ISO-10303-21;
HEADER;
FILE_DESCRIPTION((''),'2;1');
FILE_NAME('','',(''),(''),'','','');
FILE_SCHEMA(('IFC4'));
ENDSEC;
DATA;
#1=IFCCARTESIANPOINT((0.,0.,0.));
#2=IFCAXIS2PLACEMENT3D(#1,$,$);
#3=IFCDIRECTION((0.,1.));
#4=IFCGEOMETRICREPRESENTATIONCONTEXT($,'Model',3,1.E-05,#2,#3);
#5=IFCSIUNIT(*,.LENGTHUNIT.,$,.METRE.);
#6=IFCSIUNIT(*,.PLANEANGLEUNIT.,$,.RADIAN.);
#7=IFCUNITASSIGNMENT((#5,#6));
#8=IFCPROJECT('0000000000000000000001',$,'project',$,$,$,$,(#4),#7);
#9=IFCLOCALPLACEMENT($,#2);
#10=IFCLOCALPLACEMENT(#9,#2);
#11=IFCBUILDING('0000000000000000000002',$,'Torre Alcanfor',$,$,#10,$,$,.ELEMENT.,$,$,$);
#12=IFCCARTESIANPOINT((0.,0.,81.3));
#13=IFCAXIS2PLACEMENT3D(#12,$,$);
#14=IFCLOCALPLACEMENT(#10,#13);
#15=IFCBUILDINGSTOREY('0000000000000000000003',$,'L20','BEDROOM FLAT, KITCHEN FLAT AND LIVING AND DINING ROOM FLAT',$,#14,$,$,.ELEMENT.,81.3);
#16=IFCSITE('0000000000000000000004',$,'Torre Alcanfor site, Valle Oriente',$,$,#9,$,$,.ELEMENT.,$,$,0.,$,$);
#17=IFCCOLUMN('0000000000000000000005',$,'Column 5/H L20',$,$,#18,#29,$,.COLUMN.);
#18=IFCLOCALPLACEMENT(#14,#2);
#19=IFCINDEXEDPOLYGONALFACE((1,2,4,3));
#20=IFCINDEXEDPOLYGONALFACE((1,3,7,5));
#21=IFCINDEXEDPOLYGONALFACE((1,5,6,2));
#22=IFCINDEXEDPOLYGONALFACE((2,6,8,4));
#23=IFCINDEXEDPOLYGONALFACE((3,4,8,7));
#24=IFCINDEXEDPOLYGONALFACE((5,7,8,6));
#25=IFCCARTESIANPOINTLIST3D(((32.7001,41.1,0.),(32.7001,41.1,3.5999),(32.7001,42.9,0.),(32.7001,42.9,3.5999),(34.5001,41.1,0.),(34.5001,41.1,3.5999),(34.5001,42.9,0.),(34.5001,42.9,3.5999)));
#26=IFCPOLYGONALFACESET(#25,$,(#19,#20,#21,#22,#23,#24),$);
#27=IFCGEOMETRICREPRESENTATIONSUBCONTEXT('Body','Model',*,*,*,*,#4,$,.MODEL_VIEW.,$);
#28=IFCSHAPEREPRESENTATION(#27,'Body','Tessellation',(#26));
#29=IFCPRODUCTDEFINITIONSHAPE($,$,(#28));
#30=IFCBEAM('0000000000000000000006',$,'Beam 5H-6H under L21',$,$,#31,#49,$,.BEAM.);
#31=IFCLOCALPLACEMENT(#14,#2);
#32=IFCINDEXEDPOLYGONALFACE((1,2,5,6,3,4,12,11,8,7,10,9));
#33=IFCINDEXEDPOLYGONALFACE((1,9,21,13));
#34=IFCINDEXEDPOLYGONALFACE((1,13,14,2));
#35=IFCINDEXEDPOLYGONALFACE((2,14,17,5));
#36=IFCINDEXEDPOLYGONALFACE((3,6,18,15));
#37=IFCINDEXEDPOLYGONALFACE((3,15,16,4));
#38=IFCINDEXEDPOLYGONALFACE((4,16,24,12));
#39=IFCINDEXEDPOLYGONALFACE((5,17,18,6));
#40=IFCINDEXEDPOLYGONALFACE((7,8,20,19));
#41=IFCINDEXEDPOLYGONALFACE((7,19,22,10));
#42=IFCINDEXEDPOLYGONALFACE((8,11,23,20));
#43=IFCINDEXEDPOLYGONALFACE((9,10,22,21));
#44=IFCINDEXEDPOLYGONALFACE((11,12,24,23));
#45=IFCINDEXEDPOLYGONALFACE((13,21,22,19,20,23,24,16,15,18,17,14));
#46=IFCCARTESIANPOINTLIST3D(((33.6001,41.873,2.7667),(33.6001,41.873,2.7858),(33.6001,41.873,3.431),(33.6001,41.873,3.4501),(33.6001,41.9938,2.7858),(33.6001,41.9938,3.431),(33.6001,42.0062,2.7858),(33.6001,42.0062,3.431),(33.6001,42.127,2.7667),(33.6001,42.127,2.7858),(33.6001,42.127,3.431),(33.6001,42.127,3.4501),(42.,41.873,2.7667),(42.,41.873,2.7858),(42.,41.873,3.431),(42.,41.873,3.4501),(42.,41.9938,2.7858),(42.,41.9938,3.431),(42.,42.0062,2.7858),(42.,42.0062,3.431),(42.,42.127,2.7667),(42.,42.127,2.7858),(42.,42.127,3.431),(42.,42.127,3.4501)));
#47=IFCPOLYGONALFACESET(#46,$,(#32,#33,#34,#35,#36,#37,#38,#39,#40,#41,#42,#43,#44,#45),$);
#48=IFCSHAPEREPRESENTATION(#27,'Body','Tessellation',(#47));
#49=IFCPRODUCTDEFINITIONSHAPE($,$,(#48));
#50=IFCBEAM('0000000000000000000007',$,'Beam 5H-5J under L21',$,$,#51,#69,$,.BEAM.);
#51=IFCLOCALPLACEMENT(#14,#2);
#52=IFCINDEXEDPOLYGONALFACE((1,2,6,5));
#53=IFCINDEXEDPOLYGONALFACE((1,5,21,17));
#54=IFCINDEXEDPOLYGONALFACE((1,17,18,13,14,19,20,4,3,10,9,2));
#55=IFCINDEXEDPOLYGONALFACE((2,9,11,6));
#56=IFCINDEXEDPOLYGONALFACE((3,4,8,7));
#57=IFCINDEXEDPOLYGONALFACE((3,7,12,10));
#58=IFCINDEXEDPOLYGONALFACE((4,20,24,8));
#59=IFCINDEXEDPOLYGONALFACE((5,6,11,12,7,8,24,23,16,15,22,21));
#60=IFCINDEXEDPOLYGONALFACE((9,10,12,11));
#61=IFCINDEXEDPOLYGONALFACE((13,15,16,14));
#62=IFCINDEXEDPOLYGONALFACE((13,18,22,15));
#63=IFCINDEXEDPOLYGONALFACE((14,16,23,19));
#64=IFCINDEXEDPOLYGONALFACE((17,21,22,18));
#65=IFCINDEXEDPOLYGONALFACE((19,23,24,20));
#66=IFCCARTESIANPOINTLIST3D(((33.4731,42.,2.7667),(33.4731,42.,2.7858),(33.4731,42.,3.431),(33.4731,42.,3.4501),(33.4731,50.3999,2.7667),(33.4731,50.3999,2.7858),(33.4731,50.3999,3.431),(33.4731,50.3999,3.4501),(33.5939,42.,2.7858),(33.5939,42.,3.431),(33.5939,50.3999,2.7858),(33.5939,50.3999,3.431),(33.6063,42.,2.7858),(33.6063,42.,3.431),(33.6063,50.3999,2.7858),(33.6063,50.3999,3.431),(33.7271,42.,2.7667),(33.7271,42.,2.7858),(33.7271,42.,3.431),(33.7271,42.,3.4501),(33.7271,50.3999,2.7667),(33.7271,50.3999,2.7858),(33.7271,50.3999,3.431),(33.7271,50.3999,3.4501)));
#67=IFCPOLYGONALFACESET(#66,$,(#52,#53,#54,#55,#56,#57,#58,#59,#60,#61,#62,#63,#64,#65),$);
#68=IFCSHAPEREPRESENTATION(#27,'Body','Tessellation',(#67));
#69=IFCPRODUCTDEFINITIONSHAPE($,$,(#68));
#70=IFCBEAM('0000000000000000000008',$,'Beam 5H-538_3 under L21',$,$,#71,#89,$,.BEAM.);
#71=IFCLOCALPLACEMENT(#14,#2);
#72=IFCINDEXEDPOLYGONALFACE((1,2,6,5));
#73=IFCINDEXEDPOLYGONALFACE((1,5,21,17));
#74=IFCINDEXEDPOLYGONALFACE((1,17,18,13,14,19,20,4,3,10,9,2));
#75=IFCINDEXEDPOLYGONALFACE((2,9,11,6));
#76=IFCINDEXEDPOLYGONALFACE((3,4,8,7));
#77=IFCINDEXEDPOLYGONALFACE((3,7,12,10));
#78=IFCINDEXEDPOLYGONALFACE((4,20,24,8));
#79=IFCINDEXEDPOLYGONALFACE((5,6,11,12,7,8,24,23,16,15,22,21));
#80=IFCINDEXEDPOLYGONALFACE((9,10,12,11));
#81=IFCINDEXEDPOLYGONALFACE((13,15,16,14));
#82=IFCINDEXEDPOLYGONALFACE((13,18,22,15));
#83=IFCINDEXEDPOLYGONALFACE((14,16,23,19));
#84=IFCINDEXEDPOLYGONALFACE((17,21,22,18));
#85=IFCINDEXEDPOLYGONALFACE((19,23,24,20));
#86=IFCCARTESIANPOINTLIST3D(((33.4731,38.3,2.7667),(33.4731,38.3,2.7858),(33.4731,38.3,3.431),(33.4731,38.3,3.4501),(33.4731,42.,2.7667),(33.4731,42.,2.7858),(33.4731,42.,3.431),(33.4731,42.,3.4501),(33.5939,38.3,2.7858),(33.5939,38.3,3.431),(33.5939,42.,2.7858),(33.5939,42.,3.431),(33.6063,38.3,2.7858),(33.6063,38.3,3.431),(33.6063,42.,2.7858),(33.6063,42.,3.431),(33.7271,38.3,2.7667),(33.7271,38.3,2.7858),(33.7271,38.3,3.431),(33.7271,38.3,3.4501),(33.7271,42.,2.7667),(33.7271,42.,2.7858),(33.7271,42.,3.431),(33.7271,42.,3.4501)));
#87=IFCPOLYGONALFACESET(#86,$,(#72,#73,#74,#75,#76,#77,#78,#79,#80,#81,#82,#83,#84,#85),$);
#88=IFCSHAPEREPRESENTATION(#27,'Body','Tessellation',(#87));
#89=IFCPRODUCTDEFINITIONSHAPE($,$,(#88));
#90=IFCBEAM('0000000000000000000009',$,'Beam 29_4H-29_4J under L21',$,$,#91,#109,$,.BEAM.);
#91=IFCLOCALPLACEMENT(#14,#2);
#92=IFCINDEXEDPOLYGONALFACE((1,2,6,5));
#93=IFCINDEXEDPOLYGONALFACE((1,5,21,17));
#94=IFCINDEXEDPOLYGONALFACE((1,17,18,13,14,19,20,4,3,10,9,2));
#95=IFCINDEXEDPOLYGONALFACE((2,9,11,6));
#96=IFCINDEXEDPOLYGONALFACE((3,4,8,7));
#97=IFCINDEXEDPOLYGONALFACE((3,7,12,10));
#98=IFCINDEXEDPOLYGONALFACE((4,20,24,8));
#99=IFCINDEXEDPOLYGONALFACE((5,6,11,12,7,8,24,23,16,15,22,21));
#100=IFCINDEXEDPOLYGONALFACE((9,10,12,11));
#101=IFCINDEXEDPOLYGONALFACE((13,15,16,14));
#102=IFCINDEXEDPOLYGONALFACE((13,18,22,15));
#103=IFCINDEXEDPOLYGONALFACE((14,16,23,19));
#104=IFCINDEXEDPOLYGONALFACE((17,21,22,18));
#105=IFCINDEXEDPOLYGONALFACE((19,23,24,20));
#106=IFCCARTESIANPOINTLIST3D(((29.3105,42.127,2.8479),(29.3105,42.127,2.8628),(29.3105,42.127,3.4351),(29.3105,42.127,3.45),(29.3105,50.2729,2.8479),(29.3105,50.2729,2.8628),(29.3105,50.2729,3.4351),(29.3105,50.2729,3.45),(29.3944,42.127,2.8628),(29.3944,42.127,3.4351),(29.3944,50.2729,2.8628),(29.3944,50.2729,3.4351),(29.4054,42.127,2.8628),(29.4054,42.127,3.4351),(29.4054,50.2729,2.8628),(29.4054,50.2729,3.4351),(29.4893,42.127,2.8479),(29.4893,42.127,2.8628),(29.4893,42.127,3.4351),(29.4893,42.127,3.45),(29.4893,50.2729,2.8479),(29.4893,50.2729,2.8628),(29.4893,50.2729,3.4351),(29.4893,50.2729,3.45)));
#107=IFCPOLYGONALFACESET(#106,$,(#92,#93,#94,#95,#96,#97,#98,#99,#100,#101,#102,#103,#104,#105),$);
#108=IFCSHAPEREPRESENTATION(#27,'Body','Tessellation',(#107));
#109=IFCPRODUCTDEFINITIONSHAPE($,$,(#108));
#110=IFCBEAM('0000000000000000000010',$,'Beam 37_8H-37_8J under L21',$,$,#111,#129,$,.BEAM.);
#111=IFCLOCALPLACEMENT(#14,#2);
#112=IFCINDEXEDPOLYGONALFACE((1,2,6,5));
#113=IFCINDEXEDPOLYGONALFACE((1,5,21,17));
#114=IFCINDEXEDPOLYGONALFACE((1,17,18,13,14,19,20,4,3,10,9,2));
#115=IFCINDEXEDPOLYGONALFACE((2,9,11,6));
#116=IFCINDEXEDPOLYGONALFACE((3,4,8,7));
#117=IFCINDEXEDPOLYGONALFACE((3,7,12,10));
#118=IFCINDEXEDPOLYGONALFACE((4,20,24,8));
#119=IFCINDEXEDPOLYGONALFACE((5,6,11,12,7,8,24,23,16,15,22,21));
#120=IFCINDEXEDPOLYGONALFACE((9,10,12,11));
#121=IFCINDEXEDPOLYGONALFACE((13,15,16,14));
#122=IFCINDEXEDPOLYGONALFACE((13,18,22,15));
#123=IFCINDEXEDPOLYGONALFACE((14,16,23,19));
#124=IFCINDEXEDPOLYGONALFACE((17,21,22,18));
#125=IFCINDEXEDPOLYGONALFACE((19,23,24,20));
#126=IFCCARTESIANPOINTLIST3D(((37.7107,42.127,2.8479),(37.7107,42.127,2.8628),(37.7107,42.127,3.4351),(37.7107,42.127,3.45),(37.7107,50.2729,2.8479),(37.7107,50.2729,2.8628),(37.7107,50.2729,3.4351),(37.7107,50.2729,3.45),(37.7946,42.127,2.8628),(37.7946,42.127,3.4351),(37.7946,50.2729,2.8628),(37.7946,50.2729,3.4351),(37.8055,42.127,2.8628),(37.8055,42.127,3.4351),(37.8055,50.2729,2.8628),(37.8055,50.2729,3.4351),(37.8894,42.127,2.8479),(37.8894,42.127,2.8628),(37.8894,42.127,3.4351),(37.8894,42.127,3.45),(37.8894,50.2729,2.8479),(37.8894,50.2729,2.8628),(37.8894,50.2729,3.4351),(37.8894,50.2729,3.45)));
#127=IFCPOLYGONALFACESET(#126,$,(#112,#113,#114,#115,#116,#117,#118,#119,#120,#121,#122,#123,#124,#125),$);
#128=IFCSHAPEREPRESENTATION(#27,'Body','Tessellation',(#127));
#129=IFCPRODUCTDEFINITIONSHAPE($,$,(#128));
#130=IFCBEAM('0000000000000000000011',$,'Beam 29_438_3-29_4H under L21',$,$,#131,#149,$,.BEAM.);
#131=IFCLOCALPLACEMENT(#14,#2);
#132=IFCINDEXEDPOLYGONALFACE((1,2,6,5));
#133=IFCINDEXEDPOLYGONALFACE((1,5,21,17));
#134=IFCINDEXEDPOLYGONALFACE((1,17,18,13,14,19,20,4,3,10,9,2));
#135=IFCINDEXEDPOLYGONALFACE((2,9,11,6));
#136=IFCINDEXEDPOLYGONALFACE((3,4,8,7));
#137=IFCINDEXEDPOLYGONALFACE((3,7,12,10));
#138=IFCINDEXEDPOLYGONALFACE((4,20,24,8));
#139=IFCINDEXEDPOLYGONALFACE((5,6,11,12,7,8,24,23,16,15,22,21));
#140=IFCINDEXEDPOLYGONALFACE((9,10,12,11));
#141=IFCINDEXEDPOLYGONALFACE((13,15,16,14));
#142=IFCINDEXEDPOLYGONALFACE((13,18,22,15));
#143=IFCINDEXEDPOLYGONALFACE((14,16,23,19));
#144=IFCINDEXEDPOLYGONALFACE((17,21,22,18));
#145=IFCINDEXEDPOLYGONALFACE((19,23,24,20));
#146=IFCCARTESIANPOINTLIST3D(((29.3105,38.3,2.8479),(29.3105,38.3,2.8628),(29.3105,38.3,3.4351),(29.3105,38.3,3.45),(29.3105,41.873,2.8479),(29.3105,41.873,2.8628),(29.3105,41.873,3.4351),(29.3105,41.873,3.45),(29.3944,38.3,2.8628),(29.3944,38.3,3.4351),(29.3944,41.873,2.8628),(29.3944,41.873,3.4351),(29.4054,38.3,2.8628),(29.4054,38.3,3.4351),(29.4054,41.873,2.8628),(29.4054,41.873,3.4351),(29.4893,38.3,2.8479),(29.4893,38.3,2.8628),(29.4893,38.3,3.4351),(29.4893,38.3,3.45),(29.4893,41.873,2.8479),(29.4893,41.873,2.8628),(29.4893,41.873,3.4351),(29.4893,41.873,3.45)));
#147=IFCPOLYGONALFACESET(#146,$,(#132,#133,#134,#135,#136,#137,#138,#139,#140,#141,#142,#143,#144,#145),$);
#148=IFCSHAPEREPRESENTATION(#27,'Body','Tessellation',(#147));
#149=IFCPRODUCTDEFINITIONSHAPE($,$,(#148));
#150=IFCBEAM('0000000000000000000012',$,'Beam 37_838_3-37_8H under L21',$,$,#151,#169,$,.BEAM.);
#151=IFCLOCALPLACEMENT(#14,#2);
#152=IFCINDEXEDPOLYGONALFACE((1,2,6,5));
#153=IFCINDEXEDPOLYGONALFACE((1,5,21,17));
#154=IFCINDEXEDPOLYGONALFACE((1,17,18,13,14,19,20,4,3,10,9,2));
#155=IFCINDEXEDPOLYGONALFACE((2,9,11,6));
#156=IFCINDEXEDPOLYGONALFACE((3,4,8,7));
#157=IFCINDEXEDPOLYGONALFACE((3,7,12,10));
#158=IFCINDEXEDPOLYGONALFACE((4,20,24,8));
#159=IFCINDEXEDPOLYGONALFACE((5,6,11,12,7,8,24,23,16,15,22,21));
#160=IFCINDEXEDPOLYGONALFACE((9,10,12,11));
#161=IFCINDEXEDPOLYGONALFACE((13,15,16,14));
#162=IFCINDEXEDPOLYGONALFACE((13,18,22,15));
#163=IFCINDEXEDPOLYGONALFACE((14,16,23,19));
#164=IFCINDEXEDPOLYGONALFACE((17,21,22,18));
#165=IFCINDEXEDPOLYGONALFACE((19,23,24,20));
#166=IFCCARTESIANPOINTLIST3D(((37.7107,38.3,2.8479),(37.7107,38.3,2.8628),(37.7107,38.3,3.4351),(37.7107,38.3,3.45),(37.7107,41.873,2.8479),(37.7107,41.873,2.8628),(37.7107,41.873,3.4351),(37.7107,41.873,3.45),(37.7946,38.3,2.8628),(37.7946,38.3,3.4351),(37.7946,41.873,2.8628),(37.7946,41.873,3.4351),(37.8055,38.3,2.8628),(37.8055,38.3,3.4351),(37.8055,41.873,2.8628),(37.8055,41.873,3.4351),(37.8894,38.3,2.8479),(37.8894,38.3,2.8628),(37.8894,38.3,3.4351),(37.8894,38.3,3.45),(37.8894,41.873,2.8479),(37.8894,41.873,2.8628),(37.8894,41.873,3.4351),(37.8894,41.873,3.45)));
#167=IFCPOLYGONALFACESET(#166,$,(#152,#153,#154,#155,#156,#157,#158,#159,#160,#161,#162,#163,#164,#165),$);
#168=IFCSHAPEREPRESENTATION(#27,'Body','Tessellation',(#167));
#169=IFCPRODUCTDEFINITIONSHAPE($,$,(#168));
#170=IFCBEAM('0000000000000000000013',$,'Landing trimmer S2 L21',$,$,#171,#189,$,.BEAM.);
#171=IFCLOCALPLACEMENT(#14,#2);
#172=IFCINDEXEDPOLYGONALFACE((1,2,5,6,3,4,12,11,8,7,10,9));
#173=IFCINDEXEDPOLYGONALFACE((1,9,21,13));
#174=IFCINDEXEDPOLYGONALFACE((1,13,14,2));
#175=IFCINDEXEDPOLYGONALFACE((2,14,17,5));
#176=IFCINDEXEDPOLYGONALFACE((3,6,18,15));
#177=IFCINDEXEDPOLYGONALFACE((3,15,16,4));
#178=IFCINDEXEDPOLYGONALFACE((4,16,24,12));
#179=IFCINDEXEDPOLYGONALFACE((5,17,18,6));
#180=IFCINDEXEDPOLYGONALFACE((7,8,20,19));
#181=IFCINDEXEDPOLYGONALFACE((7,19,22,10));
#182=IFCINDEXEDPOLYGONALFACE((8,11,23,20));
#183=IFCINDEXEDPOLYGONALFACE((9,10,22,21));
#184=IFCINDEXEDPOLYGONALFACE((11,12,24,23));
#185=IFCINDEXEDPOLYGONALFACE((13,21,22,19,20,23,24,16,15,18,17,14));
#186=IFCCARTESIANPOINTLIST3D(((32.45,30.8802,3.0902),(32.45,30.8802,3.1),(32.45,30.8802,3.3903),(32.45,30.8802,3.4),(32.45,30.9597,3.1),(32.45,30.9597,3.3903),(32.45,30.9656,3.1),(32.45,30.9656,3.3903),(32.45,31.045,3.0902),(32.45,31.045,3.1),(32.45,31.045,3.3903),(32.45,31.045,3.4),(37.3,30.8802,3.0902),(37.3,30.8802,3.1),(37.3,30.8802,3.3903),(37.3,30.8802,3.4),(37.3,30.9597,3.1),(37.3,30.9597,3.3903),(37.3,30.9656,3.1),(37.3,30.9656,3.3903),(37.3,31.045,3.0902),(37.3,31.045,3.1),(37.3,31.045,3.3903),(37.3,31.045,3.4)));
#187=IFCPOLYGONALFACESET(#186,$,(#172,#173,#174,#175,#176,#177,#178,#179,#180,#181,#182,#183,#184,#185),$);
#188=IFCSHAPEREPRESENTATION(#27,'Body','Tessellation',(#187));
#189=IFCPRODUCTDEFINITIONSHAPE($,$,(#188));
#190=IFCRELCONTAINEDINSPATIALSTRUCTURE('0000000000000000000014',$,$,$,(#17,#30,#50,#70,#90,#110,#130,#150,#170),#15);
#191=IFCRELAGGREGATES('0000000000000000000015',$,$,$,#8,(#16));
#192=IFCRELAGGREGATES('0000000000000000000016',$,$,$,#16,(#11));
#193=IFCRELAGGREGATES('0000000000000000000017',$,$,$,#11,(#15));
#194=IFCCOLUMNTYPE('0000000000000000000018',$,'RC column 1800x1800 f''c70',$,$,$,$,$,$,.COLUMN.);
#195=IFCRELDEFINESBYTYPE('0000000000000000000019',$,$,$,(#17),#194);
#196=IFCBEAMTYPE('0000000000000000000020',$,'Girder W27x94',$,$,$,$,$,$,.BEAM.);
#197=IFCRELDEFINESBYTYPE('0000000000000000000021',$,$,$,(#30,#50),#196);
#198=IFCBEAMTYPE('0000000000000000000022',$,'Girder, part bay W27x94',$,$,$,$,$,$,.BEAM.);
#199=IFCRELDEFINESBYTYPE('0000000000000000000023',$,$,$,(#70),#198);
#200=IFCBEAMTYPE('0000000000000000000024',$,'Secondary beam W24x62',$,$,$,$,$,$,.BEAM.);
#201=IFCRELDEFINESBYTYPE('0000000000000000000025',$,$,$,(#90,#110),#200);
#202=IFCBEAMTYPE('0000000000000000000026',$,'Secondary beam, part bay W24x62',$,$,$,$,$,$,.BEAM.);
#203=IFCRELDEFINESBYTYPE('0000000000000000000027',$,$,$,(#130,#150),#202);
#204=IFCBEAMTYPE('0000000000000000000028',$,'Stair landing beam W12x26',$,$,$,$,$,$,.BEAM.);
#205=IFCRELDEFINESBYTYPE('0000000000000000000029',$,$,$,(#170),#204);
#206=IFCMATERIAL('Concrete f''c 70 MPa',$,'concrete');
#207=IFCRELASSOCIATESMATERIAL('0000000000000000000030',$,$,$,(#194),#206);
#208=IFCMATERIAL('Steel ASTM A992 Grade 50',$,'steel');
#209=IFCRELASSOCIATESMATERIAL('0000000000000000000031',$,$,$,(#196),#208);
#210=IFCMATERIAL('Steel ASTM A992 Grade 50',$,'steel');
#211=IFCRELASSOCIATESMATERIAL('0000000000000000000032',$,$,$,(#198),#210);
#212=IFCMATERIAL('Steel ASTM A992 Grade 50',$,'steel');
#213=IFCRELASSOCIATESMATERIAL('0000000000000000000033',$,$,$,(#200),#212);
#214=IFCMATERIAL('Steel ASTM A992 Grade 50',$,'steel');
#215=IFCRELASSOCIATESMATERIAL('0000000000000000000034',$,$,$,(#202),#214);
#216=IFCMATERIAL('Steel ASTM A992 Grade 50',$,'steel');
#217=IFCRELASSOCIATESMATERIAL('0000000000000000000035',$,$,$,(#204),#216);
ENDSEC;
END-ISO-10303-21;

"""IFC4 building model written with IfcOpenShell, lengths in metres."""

from ifc_helpers import new_model, si_unit, direction, frame, origin, origin_2d, place, context, subcontext, project, spatial, rectangle, i_section, extrude, material, material_profile, profile_set, type_object, element, save


model = new_model("IFC4")

# Units and contexts
model_context = context("Model", 3, precision=1e-05, world=origin(), true_north=direction((0.0, 1.0)))
body_context = subcontext(model_context, "Body", "Model", "MODEL_VIEW")
ifc_project = project(units=[si_unit("LENGTHUNIT", "METRE"), si_unit("PLANEANGLEUNIT", "RADIAN")], contexts=[model_context])

# Site, building, storey
site_placement = place(None, origin())
site = spatial("IfcSite", under=ifc_project, at=site_placement, Name="Torre Alcanfor site, Valle Oriente", CompositionType="ELEMENT", RefElevation=0.0)
building_placement = place(site_placement, origin())
building = spatial("IfcBuilding", under=site, at=building_placement, Name="Torre Alcanfor", CompositionType="ELEMENT")
storey_placement = place(building_placement, frame((0.0, 0.0, 81.3)))
storey = spatial("IfcBuildingStorey", under=building, at=storey_placement, Name="L20", Description="BEDROOM FLAT, KITCHEN FLAT AND LIVING AND DINING ROOM FLAT", CompositionType="ELEMENT", Elevation=81.3)

# Column
ifc_material_1 = material(Name="Concrete f'c 70 MPa", Category="concrete")
ifc_material_profile_1 = material_profile(ifc_material_1, rectangle(XDim=1.8, YDim=1.8, at=origin_2d()), Name="1800x1800")
ifc_profile_set_1 = profile_set([ifc_material_profile_1], Name="Concrete f'c 70 MPa")
column_type = type_object("IfcColumnType", Name="RC column 1800x1800 f'c70", PredefinedType="COLUMN", material=ifc_profile_set_1)
column_placement = place(storey_placement, frame((33.6001, 42.0, 0.0), z_axis=(0.0, 0.0, 1.0), x_axis=(1.0, 0.0, 0.0)))
element("IfcColumn", 1, at=column_placement, inside=storey, type_object=column_type, Name="Column 5/H L20", PredefinedType="COLUMN", context=body_context, shape_type="SweptSolid", body=[
    extrude(rectangle(XDim=1.8, YDim=1.8, at=origin_2d()), origin(), (0.0, 0.0, 1.0), 3.5999),
])

# Beams
ifc_material_2 = material(Name="Steel ASTM A992 Grade 50", Category="steel")
ifc_material_profile_2 = material_profile(ifc_material_2, i_section(OverallWidth=0.2539, OverallDepth=0.6833, WebThickness=0.0125, FlangeThickness=0.019, at=origin_2d()), Name="W27x94")
ifc_profile_set_2 = profile_set([ifc_material_profile_2], Name="Steel ASTM A992 Grade 50")
beam_type_1 = type_object("IfcBeamType", Name="Girder W27x94", PredefinedType="BEAM", material=ifc_profile_set_2)
for number, where, z_axis, x_axis, name in (
    (2, (33.6001, 42.0, 3.1084), (1.0, 0.0, 0.0), (0.0, 1.0, 0.0), "Beam 5H-6H under L21"),
    (3, (33.6001, 42.0, 3.1084), (0.0, 1.0, 0.0), (-1.0, 0.0, 0.0), "Beam 5H-5J under L21"),
):
    element("IfcBeam", number, at=place(storey_placement, frame(where, z_axis=z_axis, x_axis=x_axis)), inside=storey, type_object=beam_type_1, Name=name, PredefinedType="BEAM", context=body_context, shape_type="SweptSolid", body=[
        extrude(i_section(OverallWidth=0.2539, OverallDepth=0.6833, WebThickness=0.0125, FlangeThickness=0.019, at=origin_2d()), origin(), (0.0, 0.0, 1.0), 8.3999),
    ])
ifc_material_3 = material(Name="Steel ASTM A992 Grade 50", Category="steel")
ifc_material_profile_3 = material_profile(ifc_material_3, i_section(OverallWidth=0.2539, OverallDepth=0.6833, WebThickness=0.0125, FlangeThickness=0.019, at=origin_2d()), Name="W27x94")
ifc_profile_set_3 = profile_set([ifc_material_profile_3], Name="Steel ASTM A992 Grade 50")
beam_type_2 = type_object("IfcBeamType", Name="Girder, part bay W27x94", PredefinedType="BEAM", material=ifc_profile_set_3)
beam_1_placement = place(storey_placement, frame((33.6001, 42.0, 3.1084), z_axis=(0.0, -1.0, 0.0), x_axis=(1.0, 0.0, 0.0)))
element("IfcBeam", 4, at=beam_1_placement, inside=storey, type_object=beam_type_2, Name="Beam 5H-538_3 under L21", PredefinedType="BEAM", context=body_context, shape_type="SweptSolid", body=[
    extrude(i_section(OverallWidth=0.2539, OverallDepth=0.6833, WebThickness=0.0125, FlangeThickness=0.019, at=origin_2d()), origin(), (0.0, 0.0, 1.0), 3.7),
])
ifc_material_4 = material(Name="Steel ASTM A992 Grade 50", Category="steel")
ifc_material_profile_4 = material_profile(ifc_material_4, i_section(OverallWidth=0.1787, OverallDepth=0.6021, WebThickness=0.011, FlangeThickness=0.0149, at=origin_2d()), Name="W24x62")
ifc_profile_set_4 = profile_set([ifc_material_profile_4], Name="Steel ASTM A992 Grade 50")
beam_type_3 = type_object("IfcBeamType", Name="Secondary beam W24x62", PredefinedType="BEAM", material=ifc_profile_set_4)
for number, where, z_axis, x_axis, name in (
    (5, (29.3999, 42.127, 3.1489), (0.0, 1.0, 0.0), (-1.0, 0.0, 0.0), "Beam 29_4H-29_4J under L21"),
    (6, (37.8, 42.127, 3.1489), (0.0, 1.0, 0.0), (-1.0, 0.0, 0.0), "Beam 37_8H-37_8J under L21"),
):
    element("IfcBeam", number, at=place(storey_placement, frame(where, z_axis=z_axis, x_axis=x_axis)), inside=storey, type_object=beam_type_3, Name=name, PredefinedType="BEAM", context=body_context, shape_type="SweptSolid", body=[
        extrude(i_section(OverallWidth=0.1787, OverallDepth=0.6021, WebThickness=0.011, FlangeThickness=0.0149, at=origin_2d()), origin(), (0.0, 0.0, 1.0), 8.146),
    ])
ifc_material_5 = material(Name="Steel ASTM A992 Grade 50", Category="steel")
ifc_material_profile_5 = material_profile(ifc_material_5, i_section(OverallWidth=0.1787, OverallDepth=0.6021, WebThickness=0.011, FlangeThickness=0.0149, at=origin_2d()), Name="W24x62")
ifc_profile_set_5 = profile_set([ifc_material_profile_5], Name="Steel ASTM A992 Grade 50")
beam_type_4 = type_object("IfcBeamType", Name="Secondary beam, part bay W24x62", PredefinedType="BEAM", material=ifc_profile_set_5)
for number, where, z_axis, x_axis, name in (
    (7, (29.3999, 38.3, 3.1489), (0.0, 1.0, 0.0), (-1.0, 0.0, 0.0), "Beam 29_438_3-29_4H under L21"),
    (8, (37.8, 38.3, 3.1489), (0.0, 1.0, 0.0), (-1.0, 0.0, 0.0), "Beam 37_838_3-37_8H under L21"),
):
    element("IfcBeam", number, at=place(storey_placement, frame(where, z_axis=z_axis, x_axis=x_axis)), inside=storey, type_object=beam_type_4, Name=name, PredefinedType="BEAM", context=body_context, shape_type="SweptSolid", body=[
        extrude(i_section(OverallWidth=0.1787, OverallDepth=0.6021, WebThickness=0.011, FlangeThickness=0.0149, at=origin_2d()), origin(), (0.0, 0.0, 1.0), 3.573),
    ])
ifc_material_6 = material(Name="Steel ASTM A992 Grade 50", Category="steel")
ifc_material_profile_6 = material_profile(ifc_material_6, i_section(OverallWidth=0.1648, OverallDepth=0.3098, WebThickness=0.0059, FlangeThickness=0.0098, at=origin_2d()), Name="W12x26")
ifc_profile_set_6 = profile_set([ifc_material_profile_6], Name="Steel ASTM A992 Grade 50")
beam_type_5 = type_object("IfcBeamType", Name="Stair landing beam W12x26", PredefinedType="BEAM", material=ifc_profile_set_6)
beam_2_placement = place(storey_placement, frame((32.45, 30.9626, 3.2451), z_axis=(1.0, 0.0, 0.0), x_axis=(0.0, 1.0, 0.0)))
element("IfcBeam", 9, at=beam_2_placement, inside=storey, type_object=beam_type_5, Name="Landing trimmer S2 L21", PredefinedType="BEAM", context=body_context, shape_type="SweptSolid", body=[
    extrude(i_section(OverallWidth=0.1648, OverallDepth=0.3098, WebThickness=0.0059, FlangeThickness=0.0098, at=origin_2d()), origin(), (0.0, 0.0, 1.0), 4.8501),
])

save(model, "model.ifc")
